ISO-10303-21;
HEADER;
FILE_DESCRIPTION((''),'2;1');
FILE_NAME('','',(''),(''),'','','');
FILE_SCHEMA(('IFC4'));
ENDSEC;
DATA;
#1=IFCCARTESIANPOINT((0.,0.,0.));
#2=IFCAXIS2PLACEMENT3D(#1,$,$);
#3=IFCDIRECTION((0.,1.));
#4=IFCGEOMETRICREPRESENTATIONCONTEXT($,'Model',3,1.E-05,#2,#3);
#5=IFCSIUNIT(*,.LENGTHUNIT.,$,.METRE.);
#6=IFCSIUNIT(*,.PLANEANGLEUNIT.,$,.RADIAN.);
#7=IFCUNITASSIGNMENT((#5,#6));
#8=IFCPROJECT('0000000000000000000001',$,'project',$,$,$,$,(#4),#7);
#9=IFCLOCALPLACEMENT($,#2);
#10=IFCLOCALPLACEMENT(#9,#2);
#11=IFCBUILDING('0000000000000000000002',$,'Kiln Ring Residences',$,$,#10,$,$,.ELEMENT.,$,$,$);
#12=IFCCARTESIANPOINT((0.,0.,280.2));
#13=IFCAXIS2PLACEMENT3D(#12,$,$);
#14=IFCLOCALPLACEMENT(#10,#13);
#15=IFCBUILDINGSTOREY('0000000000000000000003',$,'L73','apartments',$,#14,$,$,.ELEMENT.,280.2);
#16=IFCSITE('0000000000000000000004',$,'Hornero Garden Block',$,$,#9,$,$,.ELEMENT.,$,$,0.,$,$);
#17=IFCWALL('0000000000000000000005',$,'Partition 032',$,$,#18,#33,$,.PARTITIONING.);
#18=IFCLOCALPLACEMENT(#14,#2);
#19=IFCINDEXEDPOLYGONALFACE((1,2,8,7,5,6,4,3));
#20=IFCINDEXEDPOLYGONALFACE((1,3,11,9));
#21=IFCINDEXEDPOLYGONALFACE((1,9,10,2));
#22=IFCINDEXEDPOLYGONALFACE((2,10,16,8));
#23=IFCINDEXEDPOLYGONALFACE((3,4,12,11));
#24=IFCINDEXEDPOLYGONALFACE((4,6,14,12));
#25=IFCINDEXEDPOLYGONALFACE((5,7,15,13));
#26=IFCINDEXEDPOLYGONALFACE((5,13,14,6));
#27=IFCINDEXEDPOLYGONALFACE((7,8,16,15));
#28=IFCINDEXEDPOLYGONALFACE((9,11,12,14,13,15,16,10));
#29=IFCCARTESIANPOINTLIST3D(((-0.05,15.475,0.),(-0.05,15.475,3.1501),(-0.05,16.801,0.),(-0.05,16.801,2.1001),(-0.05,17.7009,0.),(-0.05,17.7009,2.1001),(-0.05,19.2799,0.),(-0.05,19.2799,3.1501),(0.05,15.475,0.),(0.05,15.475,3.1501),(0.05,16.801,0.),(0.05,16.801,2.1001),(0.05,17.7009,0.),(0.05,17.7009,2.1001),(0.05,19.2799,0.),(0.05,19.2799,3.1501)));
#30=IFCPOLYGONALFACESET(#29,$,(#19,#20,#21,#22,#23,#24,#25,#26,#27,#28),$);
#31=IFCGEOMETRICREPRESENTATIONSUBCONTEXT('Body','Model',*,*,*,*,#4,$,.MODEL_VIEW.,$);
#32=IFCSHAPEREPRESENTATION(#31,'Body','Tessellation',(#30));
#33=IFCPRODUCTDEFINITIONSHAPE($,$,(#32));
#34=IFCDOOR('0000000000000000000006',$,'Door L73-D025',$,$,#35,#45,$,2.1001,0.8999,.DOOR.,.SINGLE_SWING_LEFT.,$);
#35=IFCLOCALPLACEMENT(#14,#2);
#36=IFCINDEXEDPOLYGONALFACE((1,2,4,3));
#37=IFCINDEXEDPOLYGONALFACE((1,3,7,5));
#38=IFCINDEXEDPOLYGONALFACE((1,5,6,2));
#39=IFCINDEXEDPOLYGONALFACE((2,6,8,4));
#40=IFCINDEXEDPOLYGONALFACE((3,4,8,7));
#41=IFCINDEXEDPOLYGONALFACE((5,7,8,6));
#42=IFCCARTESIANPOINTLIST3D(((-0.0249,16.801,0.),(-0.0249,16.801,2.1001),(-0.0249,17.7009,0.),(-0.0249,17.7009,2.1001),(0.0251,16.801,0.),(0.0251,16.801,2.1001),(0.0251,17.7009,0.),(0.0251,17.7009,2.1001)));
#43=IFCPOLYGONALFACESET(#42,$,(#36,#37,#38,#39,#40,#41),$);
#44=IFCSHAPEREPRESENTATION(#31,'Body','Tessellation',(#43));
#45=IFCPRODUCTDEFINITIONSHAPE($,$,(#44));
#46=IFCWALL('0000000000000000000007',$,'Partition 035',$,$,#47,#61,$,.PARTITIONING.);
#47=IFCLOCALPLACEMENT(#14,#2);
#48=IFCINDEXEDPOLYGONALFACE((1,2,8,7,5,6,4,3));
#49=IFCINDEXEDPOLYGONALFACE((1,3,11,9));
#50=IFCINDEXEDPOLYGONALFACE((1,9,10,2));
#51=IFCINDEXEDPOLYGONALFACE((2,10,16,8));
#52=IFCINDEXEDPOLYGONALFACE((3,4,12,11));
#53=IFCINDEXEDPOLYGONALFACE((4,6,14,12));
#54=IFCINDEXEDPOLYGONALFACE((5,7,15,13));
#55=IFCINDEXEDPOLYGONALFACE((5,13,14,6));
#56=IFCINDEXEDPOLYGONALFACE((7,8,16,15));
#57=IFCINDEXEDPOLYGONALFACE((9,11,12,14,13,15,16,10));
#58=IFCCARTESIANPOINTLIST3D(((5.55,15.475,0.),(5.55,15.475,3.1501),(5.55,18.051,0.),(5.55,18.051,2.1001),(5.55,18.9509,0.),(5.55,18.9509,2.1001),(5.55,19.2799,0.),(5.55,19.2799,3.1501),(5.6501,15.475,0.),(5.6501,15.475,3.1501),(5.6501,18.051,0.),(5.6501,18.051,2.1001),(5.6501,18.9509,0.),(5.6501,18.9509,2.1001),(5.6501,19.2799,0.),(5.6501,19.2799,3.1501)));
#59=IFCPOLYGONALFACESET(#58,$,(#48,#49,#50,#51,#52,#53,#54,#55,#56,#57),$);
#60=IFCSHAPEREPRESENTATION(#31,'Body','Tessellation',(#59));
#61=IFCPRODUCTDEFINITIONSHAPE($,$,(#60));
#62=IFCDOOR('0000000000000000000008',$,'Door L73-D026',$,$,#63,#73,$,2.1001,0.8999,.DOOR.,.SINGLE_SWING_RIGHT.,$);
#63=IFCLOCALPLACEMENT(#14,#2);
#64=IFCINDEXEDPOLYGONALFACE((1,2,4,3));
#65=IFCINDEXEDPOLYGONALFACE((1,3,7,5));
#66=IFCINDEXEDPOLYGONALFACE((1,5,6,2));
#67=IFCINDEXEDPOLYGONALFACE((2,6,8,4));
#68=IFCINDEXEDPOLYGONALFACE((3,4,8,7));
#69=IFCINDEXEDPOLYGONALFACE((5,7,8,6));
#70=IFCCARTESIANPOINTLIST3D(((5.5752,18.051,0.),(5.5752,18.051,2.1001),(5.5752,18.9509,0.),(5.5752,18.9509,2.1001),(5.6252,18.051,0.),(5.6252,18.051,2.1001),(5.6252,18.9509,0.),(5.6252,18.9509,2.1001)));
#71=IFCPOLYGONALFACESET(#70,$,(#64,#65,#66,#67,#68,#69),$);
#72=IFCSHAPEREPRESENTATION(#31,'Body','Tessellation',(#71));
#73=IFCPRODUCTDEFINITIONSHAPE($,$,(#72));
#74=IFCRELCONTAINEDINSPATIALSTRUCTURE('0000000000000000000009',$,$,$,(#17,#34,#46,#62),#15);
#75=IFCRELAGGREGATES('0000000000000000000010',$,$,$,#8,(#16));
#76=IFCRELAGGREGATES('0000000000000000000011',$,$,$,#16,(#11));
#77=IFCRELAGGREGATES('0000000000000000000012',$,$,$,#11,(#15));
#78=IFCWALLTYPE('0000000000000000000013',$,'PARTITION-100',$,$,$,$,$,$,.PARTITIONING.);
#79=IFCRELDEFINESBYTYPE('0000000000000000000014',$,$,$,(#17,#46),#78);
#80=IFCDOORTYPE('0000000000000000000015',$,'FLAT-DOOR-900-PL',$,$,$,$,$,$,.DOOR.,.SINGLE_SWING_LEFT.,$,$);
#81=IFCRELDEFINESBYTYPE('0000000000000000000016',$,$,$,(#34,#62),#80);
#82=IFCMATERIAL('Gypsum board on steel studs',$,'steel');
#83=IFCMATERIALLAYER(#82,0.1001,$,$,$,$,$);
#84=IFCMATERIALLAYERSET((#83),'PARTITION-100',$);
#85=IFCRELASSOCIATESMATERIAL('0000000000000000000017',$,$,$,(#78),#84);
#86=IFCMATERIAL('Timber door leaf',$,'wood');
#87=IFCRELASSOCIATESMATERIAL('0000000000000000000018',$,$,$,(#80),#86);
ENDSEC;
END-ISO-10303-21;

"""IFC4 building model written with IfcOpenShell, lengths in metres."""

from ifc_helpers import new_model, si_unit, direction, frame, frame_2d, origin, place, context, subcontext, project, spatial, rectangle, extrude, material, layer, layer_set, type_object, element, fill, save


model = new_model("IFC4")

# Units and contexts
model_context = context("Model", 3, precision=1e-05, world=origin(), true_north=direction((0.0, 1.0)))
body_context = subcontext(model_context, "Body", "Model", "MODEL_VIEW")
ifc_project = project(units=[si_unit("LENGTHUNIT", "METRE"), si_unit("PLANEANGLEUNIT", "RADIAN")], contexts=[model_context])

# Site, building, storey
site_placement = place(None, origin())
site = spatial("IfcSite", under=ifc_project, at=site_placement, Name="Hornero Garden Block", CompositionType="ELEMENT", RefElevation=0.0)
building_placement = place(site_placement, origin())
building = spatial("IfcBuilding", under=site, at=building_placement, Name="Kiln Ring Residences", CompositionType="ELEMENT")
storey_placement = place(building_placement, frame((0.0, 0.0, 280.2)))
storey = spatial("IfcBuildingStorey", under=building, at=storey_placement, Name="L73", Description="apartments", CompositionType="ELEMENT", Elevation=280.2)

# Walls, openings, doors
ifc_material_1 = material(Name="Gypsum board on steel studs", Category="steel")
ifc_layer_1 = layer(ifc_material_1, 0.1001)
ifc_layer_set_1 = layer_set([ifc_layer_1], Name="PARTITION-100")
wall_type_1 = type_object("IfcWallType", Name="PARTITION-100", PredefinedType="PARTITIONING", material=ifc_layer_set_1)
wall_1_placement = place(storey_placement, frame((0.0, 15.4751, 0.0), z_axis=(0.0, 0.0, 1.0), x_axis=(0.0, 1.0, 0.0)))
wall_1 = element("IfcWall", 1, at=wall_1_placement, inside=storey, type_object=wall_type_1, Name="Partition 032", PredefinedType="PARTITIONING", context=body_context, shape_type="SweptSolid", body=[
    extrude(rectangle(XDim=3.8049, YDim=0.1001, at=frame_2d((1.9023, 0.0))), origin(), (0.0, 0.0, 1.0), 3.1501),
])
opening_1_placement = place(wall_1_placement, frame((1.3259, 0.0, 0.0)))
opening_1 = element("IfcOpeningElement", 2, at=opening_1_placement, cuts=wall_1, PredefinedType="OPENING", context=body_context, shape_type="SweptSolid", body=[
    extrude(rectangle(XDim=0.8999, YDim=2.1001, at=frame_2d((0.45, 1.05))), frame((0.0, 0.0601, 0.0), z_axis=(0.0, -1.0, 0.0), x_axis=(1.0, 0.0, 0.0)), (0.0, 0.0, 1.0), 0.1201),
])
ifc_material_2 = material(Name="Timber door leaf", Category="wood")
door_type = type_object("IfcDoorType", Name="FLAT-DOOR-900-PL", OperationType="SINGLE_SWING_LEFT", PredefinedType="DOOR", material=ifc_material_2)
door_1_placement = place(opening_1_placement, origin())
door_1 = element("IfcDoor", 3, at=door_1_placement, inside=storey, type_object=door_type, Name="Door L73-D025", OperationType="SINGLE_SWING_LEFT", OverallHeight=2.1001, OverallWidth=0.8999, PredefinedType="DOOR", context=body_context, shape_type="SweptSolid", body=[
    extrude(rectangle(XDim=0.8999, YDim=2.1001, at=frame_2d((0.45, 1.05))), frame((0.0, 0.0249, 0.0), z_axis=(0.0, -1.0, 0.0), x_axis=(1.0, 0.0, 0.0)), (0.0, 0.0, 1.0), 0.05),
])
fill(opening_1, door_1)
wall_2_placement = place(storey_placement, frame((5.6001, 15.4751, 0.0), z_axis=(0.0, 0.0, 1.0), x_axis=(0.0, 1.0, 0.0)))
wall_2 = element("IfcWall", 4, at=wall_2_placement, inside=storey, type_object=wall_type_1, Name="Partition 035", PredefinedType="PARTITIONING", context=body_context, shape_type="SweptSolid", body=[
    extrude(rectangle(XDim=3.8049, YDim=0.1001, at=frame_2d((1.9023, 0.0))), origin(), (0.0, 0.0, 1.0), 3.1501),
])
opening_2_placement = place(wall_2_placement, frame((2.5759, 0.0, 0.0)))
opening_2 = element("IfcOpeningElement", 5, at=opening_2_placement, cuts=wall_2, PredefinedType="OPENING", context=body_context, shape_type="SweptSolid", body=[
    extrude(rectangle(XDim=0.8999, YDim=2.1001, at=frame_2d((0.45, 1.05))), frame((0.0, 0.0601, 0.0), z_axis=(0.0, -1.0, 0.0), x_axis=(1.0, 0.0, 0.0)), (0.0, 0.0, 1.0), 0.1201),
])
door_2_placement = place(opening_2_placement, origin())
door_2 = element("IfcDoor", 6, at=door_2_placement, inside=storey, type_object=door_type, Name="Door L73-D026", OperationType="SINGLE_SWING_RIGHT", OverallHeight=2.1001, OverallWidth=0.8999, PredefinedType="DOOR", context=body_context, shape_type="SweptSolid", body=[
    extrude(rectangle(XDim=0.8999, YDim=2.1001, at=frame_2d((0.45, 1.05))), frame((0.0, 0.0249, 0.0), z_axis=(0.0, -1.0, 0.0), x_axis=(1.0, 0.0, 0.0)), (0.0, 0.0, 1.0), 0.05),
])
fill(opening_2, door_2)

save(model, "model.ifc")
